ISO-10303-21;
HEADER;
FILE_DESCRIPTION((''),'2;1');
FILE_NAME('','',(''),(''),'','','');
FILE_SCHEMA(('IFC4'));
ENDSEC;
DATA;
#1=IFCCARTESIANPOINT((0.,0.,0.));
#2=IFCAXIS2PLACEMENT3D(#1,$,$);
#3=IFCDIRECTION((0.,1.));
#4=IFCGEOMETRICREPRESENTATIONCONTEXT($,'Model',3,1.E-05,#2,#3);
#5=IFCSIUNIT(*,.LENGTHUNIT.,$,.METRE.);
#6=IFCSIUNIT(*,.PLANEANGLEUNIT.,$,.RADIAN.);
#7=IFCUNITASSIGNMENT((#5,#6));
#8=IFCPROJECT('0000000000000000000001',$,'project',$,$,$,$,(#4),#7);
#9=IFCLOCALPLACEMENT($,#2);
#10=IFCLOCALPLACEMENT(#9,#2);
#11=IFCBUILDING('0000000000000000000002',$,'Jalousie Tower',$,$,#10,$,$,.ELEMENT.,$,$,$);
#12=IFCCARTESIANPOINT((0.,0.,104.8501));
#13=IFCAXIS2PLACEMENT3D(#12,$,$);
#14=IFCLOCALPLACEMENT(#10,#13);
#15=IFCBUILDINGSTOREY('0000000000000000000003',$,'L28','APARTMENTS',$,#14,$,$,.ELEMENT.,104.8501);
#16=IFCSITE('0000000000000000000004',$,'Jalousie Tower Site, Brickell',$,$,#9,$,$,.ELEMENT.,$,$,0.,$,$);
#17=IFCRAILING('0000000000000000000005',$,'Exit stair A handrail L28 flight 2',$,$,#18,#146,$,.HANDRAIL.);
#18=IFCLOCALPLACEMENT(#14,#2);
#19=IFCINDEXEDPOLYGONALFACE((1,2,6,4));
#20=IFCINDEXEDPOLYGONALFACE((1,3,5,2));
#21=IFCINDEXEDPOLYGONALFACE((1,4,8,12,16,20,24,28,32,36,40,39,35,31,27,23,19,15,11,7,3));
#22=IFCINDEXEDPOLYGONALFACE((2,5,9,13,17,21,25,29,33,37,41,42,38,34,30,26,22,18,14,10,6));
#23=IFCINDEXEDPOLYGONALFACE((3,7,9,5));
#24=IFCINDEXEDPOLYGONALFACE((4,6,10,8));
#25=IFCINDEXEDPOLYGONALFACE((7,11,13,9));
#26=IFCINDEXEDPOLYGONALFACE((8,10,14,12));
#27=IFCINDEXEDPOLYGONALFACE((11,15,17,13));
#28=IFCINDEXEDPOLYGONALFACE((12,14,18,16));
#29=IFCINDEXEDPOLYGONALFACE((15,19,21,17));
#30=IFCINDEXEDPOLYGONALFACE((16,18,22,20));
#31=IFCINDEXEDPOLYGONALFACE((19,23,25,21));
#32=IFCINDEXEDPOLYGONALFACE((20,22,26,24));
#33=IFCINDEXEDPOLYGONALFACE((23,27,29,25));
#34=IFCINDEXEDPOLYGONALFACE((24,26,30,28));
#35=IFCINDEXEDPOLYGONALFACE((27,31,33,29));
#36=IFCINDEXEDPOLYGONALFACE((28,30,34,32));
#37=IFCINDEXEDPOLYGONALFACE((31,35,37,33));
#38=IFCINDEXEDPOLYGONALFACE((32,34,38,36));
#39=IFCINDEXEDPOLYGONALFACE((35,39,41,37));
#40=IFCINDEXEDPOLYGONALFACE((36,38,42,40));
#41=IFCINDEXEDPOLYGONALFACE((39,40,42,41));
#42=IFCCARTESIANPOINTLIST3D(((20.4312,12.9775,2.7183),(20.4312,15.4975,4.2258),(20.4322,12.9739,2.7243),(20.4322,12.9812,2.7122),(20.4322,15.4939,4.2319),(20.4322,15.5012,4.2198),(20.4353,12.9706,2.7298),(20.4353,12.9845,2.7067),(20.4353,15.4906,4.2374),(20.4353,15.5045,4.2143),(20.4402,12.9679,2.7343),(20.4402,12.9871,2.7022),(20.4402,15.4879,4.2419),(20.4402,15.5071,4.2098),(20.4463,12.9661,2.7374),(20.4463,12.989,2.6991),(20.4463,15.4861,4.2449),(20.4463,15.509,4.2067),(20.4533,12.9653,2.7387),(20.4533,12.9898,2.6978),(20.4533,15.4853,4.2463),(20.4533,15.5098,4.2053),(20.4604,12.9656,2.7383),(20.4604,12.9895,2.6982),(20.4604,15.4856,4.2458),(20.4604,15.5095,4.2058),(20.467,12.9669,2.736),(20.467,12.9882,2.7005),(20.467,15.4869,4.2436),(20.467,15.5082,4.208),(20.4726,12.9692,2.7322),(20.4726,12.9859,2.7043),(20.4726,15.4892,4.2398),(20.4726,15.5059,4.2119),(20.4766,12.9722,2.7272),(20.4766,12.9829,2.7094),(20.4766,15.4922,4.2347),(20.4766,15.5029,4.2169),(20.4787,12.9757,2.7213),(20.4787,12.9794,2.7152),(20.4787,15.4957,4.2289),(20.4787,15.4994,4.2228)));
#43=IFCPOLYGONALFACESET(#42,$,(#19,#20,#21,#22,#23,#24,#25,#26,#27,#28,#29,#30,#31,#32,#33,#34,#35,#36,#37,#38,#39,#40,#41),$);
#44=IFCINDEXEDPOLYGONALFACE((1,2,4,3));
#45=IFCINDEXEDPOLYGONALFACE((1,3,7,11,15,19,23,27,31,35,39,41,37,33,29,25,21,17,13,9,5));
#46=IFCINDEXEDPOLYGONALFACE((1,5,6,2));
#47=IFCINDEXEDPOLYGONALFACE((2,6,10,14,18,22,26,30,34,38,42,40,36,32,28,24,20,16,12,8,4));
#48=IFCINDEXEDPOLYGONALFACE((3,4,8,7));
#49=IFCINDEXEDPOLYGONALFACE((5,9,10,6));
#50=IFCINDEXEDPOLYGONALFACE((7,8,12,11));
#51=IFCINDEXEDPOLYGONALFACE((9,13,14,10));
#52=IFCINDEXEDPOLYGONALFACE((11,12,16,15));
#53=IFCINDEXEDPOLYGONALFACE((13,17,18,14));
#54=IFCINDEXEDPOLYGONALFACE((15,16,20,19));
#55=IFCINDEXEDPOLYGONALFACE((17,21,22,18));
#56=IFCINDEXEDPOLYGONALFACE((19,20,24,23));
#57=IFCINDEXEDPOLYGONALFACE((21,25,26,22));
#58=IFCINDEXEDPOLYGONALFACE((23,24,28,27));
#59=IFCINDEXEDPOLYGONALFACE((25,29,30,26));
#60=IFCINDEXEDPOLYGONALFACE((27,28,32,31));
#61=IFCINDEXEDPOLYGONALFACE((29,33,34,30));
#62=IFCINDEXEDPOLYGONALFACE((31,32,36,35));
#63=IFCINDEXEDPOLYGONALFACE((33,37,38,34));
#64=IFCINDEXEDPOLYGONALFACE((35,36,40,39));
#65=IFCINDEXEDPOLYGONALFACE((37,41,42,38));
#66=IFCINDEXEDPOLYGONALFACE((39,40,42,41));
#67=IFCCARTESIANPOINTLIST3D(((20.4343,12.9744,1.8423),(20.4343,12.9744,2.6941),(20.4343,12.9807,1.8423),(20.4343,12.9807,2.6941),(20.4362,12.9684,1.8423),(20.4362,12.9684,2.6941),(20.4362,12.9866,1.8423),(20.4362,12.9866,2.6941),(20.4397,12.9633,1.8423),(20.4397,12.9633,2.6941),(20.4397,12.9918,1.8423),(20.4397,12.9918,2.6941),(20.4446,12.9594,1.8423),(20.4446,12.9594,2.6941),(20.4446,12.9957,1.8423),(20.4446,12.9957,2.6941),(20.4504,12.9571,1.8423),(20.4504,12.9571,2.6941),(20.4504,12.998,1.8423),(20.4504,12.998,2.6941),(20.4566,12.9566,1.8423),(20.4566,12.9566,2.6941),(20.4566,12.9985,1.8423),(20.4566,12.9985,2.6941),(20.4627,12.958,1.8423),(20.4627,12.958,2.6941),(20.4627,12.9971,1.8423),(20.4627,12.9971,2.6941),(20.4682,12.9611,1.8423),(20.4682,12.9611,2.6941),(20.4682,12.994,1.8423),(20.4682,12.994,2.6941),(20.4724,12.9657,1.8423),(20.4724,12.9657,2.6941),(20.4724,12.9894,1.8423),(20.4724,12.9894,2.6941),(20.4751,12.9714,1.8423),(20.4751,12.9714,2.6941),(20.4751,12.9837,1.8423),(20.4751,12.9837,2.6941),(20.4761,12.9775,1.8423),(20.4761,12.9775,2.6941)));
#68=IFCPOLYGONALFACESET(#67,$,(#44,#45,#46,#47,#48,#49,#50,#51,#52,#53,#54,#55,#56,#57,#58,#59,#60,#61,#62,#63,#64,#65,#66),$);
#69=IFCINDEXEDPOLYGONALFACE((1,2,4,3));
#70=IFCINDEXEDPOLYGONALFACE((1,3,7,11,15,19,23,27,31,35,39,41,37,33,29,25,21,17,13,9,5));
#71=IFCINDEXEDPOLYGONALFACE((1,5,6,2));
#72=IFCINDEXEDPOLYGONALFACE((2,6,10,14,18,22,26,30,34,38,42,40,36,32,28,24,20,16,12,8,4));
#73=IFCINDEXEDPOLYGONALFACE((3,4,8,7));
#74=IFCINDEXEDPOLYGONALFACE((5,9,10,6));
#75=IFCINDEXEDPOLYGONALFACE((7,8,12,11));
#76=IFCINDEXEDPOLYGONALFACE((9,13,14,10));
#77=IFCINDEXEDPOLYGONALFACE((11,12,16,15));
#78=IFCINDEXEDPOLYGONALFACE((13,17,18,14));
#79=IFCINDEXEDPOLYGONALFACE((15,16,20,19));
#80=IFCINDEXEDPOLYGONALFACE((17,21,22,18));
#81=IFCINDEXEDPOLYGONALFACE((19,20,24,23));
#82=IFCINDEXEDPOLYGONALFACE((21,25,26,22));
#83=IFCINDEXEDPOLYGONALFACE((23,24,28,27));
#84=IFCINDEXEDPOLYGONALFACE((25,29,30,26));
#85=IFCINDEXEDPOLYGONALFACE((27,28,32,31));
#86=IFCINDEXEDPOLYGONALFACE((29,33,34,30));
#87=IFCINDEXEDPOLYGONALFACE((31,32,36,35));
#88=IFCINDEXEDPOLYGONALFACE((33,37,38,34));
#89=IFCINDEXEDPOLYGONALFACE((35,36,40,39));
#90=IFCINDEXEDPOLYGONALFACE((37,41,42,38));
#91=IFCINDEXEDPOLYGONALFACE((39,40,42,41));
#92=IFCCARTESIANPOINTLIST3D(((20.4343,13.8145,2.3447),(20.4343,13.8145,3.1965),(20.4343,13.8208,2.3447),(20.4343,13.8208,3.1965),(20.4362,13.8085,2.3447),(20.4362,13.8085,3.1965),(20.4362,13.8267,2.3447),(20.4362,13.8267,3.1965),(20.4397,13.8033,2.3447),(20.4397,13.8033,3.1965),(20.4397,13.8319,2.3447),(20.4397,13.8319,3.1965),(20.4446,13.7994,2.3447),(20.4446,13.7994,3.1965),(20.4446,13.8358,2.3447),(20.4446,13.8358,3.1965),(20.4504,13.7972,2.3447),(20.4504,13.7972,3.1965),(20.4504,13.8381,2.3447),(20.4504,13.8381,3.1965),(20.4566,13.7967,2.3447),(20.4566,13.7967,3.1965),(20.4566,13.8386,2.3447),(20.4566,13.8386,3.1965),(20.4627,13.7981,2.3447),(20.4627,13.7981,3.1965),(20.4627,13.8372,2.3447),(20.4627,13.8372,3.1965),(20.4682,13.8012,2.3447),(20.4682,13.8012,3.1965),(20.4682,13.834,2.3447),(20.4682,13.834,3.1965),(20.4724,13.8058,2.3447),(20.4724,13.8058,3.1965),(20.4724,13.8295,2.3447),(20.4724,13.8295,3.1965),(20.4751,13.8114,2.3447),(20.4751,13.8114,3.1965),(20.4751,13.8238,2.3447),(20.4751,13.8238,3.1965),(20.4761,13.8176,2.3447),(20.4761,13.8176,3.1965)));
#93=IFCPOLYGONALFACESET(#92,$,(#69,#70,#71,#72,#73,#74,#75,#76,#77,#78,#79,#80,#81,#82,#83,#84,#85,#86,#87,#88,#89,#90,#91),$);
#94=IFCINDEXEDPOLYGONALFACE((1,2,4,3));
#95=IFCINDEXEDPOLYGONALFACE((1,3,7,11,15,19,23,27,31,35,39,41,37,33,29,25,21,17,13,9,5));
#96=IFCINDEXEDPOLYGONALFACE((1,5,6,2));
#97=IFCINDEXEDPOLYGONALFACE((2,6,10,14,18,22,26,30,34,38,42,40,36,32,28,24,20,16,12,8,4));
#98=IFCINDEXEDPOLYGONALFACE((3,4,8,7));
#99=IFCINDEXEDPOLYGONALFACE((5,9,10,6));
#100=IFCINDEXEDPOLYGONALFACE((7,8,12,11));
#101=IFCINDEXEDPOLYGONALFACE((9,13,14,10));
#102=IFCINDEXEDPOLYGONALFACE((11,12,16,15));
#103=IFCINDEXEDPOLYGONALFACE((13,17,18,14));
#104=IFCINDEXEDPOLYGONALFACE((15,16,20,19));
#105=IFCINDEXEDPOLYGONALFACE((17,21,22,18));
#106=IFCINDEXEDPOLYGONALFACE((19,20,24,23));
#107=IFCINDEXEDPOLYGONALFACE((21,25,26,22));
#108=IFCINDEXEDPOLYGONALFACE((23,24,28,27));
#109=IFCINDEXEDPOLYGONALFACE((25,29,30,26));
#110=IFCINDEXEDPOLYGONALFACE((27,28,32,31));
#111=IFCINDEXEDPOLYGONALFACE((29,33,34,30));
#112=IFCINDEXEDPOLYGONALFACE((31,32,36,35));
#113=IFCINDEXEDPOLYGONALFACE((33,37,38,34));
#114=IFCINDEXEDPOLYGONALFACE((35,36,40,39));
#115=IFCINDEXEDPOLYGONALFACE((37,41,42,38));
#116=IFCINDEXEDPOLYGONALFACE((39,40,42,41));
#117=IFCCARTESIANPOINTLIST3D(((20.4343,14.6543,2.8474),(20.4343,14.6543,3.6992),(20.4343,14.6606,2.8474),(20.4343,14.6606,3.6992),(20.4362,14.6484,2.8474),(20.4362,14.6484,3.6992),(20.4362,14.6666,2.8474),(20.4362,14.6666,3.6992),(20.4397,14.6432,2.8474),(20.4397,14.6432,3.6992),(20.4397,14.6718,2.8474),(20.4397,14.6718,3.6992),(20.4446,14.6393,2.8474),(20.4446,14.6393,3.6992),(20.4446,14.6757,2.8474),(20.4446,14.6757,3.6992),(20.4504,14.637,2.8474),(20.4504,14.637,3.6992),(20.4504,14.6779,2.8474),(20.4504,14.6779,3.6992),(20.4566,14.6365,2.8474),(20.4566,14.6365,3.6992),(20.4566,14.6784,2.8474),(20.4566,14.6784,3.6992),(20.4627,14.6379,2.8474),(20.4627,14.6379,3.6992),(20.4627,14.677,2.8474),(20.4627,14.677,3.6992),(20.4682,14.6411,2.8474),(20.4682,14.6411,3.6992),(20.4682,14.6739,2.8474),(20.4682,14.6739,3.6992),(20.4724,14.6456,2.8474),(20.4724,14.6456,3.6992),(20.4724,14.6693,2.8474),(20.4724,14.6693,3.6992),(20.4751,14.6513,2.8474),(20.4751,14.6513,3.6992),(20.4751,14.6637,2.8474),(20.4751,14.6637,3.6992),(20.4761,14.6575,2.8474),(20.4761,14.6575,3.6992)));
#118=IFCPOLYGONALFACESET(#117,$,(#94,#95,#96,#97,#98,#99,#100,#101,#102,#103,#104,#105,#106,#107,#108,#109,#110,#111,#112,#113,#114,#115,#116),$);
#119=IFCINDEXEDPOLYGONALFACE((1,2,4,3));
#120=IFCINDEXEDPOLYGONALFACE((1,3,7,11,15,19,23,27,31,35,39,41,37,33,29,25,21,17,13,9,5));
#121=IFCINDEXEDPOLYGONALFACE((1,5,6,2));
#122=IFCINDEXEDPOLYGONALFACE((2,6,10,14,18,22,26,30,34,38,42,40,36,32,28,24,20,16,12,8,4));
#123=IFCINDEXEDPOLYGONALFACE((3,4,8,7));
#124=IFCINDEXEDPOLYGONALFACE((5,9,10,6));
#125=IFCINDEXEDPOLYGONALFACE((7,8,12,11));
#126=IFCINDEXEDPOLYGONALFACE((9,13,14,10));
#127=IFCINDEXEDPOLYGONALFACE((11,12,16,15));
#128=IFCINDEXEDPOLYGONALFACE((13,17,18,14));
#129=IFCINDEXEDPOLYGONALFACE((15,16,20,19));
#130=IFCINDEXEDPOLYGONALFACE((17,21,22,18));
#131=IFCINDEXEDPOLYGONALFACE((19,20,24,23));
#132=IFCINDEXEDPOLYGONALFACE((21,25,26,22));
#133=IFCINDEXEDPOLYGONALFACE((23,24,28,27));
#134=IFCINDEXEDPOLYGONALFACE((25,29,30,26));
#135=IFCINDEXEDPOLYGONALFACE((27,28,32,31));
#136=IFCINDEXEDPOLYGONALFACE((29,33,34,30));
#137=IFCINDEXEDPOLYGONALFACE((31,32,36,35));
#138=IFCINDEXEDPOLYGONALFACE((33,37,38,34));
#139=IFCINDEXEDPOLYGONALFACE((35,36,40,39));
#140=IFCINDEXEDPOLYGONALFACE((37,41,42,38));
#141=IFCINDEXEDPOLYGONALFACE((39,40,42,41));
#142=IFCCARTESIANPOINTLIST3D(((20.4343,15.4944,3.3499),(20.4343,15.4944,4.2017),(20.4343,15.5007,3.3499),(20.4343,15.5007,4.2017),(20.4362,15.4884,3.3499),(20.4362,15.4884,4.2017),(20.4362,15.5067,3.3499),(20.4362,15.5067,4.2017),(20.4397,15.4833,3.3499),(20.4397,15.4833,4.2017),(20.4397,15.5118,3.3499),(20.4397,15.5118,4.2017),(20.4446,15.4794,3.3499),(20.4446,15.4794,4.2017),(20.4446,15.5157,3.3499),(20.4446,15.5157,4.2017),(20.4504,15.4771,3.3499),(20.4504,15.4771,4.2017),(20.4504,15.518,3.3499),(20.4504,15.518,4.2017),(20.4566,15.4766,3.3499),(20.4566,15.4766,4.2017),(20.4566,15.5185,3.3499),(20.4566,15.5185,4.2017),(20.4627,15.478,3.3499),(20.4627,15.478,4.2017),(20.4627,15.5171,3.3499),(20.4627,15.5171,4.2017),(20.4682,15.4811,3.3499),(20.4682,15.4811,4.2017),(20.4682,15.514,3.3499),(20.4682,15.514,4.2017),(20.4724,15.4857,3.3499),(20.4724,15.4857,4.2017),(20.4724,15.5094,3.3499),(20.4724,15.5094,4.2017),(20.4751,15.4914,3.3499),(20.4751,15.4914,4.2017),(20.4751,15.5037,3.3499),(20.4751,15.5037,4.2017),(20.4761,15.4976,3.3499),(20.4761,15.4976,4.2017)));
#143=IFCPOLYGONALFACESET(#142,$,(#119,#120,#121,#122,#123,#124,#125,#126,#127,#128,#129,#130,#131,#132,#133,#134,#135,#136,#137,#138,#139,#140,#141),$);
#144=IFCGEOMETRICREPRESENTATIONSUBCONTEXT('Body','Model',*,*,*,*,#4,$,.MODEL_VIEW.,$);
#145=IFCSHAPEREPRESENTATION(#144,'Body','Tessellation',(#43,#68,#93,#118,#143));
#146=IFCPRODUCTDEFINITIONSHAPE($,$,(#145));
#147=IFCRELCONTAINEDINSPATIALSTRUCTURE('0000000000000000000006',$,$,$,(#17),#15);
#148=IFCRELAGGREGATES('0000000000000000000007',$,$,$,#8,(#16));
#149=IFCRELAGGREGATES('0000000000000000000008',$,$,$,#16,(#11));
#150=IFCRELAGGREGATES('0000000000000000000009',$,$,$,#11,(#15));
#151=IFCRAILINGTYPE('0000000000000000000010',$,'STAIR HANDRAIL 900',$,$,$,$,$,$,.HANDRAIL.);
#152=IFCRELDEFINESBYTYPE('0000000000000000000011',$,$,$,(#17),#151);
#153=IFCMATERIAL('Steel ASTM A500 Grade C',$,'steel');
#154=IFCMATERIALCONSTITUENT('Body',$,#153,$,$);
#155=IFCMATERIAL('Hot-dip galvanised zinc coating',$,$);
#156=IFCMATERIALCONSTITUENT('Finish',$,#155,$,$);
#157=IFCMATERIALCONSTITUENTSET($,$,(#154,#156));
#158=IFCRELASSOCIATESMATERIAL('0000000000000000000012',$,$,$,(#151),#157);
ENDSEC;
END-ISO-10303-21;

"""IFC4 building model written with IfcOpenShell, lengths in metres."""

from ifc_helpers import new_model, si_unit, direction, frame, origin, origin_2d, place, context, subcontext, project, spatial, circle, extrude, material, constituent, constituent_set, type_object, element, save


model = new_model("IFC4")

# Units and contexts
model_context = context("Model", 3, precision=1e-05, world=origin(), true_north=direction((0.0, 1.0)))
body_context = subcontext(model_context, "Body", "Model", "MODEL_VIEW")
ifc_project = project(units=[si_unit("LENGTHUNIT", "METRE"), si_unit("PLANEANGLEUNIT", "RADIAN")], contexts=[model_context])

# Site, building, storey
site_placement = place(None, origin())
site = spatial("IfcSite", under=ifc_project, at=site_placement, Name="Jalousie Tower Site, Brickell", CompositionType="ELEMENT", RefElevation=0.0)
building_placement = place(site_placement, origin())
building = spatial("IfcBuilding", under=site, at=building_placement, Name="Jalousie Tower", CompositionType="ELEMENT")
storey_placement = place(building_placement, frame((0.0, 0.0, 104.8501)))
storey = spatial("IfcBuildingStorey", under=building, at=storey_placement, Name="L28", Description="APARTMENTS", CompositionType="ELEMENT", Elevation=104.8501)

# Railing
ifc_material_1 = material(Name="Steel ASTM A500 Grade C", Category="steel")
ifc_constituent_1 = constituent(ifc_material_1, Name="Body")
ifc_material_2 = material(Name="Hot-dip galvanised zinc coating")
ifc_constituent_2 = constituent(ifc_material_2, Name="Finish")
ifc_constituent_set_1 = constituent_set(constituents=[ifc_constituent_1, ifc_constituent_2])
railing_type_1 = type_object("IfcRailingType", Name="STAIR HANDRAIL 900", PredefinedType="HANDRAIL", material=ifc_constituent_set_1)
railing_1_placement = place(storey_placement, frame((20.4551, 12.9775, 1.8423)))
element("IfcRailing", 1, at=railing_1_placement, inside=storey, type_object=railing_type_1, Name="Exit stair A handrail L28 flight 2", PredefinedType="HANDRAIL", context=body_context, shape_type="SweptSolid", body=[
    extrude(circle(Radius=0.0239, at=origin_2d()), frame((0.0, 0.0, 0.876), z_axis=(0.0, 0.85816, 0.513383), x_axis=(-1.0, 0.0, 0.0)), (0.0, 0.0, 1.0), 2.9365),
    extrude(circle(Radius=0.021, at=origin_2d()), origin(), (0.0, 0.0, 1.0), 0.8518),
    extrude(circle(Radius=0.021, at=origin_2d()), frame((0.0, 0.8401, 0.5024)), (0.0, 0.0, 1.0), 0.8518),
    extrude(circle(Radius=0.021, at=origin_2d()), frame((0.0, 1.6799, 1.0051)), (0.0, 0.0, 1.0), 0.8518),
    extrude(circle(Radius=0.021, at=origin_2d()), frame((0.0, 2.52, 1.5076)), (0.0, 0.0, 1.0), 0.8518),
])

save(model, "model.ifc")
